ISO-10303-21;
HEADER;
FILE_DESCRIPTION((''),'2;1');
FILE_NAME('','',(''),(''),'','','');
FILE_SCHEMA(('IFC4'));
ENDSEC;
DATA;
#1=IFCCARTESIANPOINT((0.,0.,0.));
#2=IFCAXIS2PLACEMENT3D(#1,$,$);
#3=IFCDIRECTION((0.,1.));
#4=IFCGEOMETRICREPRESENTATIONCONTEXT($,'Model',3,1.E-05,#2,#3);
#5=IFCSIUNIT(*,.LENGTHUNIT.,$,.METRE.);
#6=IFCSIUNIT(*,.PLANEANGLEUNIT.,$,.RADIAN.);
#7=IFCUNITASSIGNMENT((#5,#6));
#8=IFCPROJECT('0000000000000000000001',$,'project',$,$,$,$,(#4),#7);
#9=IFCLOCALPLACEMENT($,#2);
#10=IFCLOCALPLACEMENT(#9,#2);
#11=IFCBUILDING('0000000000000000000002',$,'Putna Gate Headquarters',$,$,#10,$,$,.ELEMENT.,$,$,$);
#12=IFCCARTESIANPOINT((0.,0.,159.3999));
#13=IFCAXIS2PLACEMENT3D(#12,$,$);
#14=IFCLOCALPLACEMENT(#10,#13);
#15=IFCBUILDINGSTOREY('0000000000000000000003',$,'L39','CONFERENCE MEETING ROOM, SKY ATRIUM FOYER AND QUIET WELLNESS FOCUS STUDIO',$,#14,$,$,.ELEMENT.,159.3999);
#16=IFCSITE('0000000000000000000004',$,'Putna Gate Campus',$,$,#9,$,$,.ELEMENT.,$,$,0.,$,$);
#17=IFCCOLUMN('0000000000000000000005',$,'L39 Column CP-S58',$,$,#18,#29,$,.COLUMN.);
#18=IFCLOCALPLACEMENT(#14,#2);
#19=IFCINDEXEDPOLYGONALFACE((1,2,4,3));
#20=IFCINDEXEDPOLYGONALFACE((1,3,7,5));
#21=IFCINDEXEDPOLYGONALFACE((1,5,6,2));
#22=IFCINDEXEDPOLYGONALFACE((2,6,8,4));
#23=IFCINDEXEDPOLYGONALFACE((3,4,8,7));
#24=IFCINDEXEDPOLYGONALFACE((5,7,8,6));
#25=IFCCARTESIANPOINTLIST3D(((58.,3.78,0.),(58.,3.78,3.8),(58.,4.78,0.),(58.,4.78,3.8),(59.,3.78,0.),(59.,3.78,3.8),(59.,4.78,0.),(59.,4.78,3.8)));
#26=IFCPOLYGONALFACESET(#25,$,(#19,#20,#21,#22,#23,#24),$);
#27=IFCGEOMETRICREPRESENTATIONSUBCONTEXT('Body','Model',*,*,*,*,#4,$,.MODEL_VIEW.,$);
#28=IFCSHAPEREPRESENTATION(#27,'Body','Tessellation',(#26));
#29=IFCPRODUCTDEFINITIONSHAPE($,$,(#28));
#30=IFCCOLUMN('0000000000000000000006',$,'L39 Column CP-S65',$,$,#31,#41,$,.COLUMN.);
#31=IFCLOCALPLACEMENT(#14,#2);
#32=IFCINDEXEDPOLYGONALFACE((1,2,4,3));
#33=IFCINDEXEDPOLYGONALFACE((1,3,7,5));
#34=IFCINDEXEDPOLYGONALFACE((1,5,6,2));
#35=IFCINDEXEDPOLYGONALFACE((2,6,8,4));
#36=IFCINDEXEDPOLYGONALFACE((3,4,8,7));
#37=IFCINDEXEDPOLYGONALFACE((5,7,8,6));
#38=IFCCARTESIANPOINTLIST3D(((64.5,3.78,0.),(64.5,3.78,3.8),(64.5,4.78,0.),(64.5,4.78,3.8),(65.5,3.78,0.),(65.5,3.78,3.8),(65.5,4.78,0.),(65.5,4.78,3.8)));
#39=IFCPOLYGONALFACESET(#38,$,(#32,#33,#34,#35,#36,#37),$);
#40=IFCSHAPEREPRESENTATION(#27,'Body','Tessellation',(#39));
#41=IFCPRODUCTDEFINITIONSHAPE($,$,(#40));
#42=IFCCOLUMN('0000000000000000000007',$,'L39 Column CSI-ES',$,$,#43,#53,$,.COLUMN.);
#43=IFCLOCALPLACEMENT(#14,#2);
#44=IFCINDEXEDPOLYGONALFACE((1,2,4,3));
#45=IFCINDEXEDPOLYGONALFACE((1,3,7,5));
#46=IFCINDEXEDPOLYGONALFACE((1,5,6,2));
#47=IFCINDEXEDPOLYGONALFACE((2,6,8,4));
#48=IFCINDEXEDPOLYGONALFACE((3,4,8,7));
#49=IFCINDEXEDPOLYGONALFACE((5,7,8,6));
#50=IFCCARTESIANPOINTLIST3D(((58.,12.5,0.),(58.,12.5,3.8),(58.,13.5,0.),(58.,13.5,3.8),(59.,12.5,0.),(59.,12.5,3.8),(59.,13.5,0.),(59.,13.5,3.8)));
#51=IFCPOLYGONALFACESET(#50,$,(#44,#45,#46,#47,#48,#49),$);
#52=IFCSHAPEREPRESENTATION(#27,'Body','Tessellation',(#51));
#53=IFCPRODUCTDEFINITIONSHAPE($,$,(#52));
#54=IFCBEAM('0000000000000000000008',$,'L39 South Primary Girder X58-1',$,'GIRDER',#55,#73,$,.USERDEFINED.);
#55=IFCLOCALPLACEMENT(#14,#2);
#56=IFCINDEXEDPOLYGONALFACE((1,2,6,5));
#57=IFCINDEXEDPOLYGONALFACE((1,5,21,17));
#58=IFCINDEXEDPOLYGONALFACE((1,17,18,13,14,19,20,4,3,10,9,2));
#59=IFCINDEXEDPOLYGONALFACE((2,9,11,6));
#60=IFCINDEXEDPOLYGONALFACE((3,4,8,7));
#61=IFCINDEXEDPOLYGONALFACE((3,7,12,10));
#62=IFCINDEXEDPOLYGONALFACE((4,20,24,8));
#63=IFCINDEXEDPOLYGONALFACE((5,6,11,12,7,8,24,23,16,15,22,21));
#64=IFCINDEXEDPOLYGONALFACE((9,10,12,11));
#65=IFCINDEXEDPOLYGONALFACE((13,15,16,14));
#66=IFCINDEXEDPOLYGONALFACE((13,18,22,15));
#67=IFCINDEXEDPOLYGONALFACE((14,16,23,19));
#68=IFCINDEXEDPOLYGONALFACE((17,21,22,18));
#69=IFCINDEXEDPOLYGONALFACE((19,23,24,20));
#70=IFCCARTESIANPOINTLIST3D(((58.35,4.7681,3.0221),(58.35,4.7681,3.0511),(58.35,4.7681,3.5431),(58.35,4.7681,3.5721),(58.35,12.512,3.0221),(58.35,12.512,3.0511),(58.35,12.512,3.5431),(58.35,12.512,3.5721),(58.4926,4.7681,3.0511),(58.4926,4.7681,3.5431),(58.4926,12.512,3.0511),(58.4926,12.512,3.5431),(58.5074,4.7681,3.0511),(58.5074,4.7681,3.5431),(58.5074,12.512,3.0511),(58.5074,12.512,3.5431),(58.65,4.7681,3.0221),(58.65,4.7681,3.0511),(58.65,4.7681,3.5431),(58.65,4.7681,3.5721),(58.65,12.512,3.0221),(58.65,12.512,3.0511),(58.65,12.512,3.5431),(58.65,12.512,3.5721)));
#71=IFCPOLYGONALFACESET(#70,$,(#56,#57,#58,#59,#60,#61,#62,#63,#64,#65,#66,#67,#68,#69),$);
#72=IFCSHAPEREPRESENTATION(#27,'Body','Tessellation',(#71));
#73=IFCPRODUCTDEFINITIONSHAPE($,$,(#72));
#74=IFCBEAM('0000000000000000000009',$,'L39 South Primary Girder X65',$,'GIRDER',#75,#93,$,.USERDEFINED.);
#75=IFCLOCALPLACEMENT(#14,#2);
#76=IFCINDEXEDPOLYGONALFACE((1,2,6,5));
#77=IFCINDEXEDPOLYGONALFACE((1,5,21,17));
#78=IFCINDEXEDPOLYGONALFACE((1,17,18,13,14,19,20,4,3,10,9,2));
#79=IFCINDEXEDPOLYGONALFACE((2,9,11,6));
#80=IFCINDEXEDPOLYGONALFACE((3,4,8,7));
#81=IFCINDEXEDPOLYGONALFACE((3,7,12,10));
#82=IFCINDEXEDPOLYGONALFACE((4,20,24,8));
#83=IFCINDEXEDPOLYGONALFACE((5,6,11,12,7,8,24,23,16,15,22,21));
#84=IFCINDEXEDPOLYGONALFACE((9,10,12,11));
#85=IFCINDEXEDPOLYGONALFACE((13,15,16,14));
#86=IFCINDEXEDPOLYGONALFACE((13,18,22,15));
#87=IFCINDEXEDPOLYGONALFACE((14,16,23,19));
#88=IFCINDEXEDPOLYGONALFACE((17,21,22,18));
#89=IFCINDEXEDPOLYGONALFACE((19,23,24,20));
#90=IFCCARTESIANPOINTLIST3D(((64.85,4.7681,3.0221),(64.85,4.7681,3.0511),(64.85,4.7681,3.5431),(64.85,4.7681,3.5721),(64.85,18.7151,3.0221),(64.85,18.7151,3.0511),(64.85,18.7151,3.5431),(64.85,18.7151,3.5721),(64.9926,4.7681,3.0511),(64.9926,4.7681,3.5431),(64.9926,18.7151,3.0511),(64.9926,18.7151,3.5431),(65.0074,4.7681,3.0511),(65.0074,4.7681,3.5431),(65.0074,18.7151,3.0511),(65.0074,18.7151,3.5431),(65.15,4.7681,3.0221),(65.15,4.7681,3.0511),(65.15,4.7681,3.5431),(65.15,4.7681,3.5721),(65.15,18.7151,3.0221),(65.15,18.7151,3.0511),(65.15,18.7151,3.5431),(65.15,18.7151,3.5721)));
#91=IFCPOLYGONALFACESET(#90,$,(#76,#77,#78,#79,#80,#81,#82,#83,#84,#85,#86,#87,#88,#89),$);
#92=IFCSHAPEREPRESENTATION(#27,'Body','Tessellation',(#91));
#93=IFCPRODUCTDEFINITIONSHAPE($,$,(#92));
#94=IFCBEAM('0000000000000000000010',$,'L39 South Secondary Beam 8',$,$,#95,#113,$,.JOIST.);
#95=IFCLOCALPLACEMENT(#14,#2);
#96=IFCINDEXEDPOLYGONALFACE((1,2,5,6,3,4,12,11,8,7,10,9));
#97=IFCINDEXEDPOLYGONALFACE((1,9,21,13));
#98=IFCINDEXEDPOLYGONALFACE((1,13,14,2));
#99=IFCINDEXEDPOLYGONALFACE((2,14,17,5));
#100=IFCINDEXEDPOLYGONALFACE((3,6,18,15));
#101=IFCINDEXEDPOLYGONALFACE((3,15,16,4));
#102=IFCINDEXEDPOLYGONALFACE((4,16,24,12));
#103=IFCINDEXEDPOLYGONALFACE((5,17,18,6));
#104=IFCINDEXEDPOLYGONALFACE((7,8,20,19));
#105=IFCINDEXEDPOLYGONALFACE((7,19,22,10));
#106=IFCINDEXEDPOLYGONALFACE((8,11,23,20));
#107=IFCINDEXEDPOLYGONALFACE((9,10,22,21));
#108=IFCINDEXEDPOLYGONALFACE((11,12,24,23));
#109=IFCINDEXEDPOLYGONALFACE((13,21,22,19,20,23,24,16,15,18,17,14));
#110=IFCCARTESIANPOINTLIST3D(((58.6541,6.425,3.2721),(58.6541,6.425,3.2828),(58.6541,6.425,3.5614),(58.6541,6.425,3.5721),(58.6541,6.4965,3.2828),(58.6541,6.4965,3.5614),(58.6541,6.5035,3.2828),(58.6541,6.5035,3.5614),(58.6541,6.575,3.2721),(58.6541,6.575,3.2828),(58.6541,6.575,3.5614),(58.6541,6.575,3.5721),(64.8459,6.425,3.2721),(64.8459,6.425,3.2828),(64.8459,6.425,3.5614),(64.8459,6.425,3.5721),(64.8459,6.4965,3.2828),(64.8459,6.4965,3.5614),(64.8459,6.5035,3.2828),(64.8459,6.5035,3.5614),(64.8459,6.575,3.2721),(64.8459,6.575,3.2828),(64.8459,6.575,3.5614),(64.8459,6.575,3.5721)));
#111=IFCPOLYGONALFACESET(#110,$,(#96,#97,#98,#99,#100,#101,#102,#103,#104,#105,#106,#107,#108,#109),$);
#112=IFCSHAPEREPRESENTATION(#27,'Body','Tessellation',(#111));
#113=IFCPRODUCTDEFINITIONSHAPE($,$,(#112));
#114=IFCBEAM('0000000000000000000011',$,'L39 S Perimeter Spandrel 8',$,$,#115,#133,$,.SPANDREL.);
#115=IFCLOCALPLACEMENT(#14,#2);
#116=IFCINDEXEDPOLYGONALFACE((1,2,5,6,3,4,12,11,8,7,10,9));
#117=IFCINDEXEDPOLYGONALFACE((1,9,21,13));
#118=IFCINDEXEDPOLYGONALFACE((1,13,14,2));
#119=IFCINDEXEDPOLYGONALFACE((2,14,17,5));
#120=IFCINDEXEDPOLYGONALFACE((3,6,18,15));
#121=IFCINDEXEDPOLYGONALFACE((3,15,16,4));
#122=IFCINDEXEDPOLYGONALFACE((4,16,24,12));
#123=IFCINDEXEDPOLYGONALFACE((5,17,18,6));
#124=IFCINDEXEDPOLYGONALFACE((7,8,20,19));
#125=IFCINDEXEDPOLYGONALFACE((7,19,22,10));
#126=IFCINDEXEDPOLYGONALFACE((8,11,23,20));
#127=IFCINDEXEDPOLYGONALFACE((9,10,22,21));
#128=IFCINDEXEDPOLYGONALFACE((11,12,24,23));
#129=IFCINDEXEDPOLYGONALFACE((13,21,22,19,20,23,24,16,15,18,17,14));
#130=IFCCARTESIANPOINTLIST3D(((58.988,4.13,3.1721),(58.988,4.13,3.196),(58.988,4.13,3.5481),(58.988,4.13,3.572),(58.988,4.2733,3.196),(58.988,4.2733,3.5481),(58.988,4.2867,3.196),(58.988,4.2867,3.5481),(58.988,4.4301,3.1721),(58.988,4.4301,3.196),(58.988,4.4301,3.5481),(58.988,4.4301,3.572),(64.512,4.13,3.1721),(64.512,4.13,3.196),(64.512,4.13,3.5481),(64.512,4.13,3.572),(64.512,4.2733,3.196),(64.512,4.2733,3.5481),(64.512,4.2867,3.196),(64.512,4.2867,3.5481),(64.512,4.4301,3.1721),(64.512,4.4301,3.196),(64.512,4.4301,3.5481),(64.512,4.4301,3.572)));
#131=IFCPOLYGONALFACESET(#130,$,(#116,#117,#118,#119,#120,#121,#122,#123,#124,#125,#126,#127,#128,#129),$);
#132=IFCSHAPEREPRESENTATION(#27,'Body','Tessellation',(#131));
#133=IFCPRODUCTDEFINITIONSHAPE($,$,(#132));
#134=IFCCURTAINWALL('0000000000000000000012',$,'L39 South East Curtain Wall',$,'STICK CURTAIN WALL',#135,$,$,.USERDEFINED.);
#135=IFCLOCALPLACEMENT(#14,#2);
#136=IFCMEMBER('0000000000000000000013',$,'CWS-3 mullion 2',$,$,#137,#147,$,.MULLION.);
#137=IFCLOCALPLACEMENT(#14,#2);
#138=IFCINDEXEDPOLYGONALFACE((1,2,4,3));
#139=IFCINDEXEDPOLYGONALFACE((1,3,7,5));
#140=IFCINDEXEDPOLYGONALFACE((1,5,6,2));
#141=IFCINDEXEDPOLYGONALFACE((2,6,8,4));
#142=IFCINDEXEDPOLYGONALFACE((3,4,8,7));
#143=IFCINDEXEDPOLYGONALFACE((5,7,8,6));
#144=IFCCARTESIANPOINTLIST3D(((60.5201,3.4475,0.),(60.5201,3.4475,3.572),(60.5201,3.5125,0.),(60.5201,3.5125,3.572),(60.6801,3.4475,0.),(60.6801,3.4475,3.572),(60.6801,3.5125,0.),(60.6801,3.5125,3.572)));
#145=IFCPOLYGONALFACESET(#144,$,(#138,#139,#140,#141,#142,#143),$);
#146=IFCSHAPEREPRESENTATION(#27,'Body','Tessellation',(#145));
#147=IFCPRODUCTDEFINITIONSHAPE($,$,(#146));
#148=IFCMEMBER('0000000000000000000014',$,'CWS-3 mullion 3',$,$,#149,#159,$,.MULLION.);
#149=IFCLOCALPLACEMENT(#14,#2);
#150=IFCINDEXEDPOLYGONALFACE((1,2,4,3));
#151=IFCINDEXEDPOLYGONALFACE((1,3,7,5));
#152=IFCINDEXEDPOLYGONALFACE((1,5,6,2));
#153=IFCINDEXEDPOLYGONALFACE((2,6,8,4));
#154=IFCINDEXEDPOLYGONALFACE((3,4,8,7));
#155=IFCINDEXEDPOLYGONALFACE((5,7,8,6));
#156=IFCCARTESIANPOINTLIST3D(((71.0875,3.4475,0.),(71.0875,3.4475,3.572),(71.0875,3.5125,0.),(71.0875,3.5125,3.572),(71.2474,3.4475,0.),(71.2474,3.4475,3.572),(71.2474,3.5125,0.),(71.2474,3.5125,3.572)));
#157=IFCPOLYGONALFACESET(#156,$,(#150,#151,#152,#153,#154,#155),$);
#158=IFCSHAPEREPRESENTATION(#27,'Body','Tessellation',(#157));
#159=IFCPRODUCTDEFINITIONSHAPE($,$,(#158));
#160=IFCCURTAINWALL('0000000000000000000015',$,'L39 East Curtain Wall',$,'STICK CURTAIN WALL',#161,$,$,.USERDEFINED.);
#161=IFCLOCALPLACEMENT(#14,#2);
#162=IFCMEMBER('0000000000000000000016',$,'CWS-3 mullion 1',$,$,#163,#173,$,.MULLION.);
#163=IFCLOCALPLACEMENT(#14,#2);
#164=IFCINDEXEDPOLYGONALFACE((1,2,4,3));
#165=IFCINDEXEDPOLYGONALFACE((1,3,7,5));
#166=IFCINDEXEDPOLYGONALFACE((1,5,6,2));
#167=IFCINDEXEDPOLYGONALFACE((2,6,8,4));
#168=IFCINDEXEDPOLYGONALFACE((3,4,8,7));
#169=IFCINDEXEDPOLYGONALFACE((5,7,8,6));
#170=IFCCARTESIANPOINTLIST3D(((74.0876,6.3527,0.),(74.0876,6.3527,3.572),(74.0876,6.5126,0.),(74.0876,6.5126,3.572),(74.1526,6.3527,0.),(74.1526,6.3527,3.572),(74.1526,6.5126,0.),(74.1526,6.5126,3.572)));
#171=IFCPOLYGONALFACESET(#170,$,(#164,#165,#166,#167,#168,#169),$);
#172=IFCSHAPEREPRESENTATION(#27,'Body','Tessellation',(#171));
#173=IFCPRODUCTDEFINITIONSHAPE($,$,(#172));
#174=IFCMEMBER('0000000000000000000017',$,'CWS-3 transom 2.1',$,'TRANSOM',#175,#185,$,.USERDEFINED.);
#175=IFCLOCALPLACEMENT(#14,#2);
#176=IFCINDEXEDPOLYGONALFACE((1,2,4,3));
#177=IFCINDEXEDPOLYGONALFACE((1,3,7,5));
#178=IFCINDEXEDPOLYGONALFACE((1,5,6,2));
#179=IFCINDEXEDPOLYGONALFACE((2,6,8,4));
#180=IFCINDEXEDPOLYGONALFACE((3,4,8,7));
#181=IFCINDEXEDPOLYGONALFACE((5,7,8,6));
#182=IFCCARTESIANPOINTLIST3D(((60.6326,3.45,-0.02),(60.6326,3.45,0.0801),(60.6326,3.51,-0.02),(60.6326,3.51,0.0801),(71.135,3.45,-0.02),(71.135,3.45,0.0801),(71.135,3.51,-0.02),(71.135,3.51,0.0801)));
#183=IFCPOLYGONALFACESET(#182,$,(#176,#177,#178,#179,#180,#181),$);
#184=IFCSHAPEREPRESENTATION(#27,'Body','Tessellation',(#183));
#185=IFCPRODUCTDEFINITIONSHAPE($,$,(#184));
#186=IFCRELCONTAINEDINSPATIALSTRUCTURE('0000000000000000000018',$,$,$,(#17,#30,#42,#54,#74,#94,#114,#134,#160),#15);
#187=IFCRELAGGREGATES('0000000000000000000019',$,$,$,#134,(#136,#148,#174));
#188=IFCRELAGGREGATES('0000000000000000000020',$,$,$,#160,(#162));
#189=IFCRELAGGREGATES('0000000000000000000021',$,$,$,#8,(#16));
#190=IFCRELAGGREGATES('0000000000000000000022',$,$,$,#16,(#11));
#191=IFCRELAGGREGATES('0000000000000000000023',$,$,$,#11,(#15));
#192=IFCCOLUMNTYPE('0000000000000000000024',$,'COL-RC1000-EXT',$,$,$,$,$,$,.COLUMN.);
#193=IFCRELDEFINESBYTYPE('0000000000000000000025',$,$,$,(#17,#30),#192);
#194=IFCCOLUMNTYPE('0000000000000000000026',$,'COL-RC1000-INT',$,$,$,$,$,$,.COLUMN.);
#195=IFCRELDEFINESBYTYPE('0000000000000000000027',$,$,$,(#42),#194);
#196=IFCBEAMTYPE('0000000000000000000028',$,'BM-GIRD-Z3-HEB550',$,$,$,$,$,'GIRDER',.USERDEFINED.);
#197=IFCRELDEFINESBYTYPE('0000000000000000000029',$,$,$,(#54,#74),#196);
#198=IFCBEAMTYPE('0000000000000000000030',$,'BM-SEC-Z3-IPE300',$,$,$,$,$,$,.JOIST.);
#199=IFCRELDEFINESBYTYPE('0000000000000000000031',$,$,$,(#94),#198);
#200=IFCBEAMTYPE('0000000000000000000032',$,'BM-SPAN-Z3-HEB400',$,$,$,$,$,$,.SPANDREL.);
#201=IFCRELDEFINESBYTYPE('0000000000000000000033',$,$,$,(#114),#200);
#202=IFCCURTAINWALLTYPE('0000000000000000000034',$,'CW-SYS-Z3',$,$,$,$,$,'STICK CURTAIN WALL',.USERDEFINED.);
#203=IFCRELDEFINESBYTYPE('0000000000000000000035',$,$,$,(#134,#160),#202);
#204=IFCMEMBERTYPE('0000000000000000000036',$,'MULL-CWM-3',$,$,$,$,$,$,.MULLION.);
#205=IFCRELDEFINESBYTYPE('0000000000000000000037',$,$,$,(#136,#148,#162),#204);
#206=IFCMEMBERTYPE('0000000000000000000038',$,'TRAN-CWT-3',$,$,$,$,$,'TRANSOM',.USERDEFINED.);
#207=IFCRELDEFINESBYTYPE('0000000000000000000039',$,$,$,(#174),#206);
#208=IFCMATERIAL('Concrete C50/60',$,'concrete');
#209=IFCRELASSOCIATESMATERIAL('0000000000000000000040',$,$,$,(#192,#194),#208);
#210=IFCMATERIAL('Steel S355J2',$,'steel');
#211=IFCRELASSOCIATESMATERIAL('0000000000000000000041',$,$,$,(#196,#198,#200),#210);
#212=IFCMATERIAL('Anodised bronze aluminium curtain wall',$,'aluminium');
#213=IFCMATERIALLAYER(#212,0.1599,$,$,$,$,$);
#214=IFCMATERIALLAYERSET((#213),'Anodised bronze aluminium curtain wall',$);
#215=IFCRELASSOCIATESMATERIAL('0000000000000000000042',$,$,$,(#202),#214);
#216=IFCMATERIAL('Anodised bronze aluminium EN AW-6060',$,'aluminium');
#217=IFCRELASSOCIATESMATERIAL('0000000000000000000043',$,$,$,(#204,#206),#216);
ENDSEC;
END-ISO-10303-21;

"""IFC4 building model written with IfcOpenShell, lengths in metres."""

from ifc_helpers import new_model, si_unit, direction, frame, origin, origin_2d, place, context, subcontext, project, spatial, rectangle, i_section, extrude, material, layer, layer_set, material_profile, profile_set, type_object, element, aggregate, save


model = new_model("IFC4")

# Units and contexts
model_context = context("Model", 3, precision=1e-05, world=origin(), true_north=direction((0.0, 1.0)))
body_context = subcontext(model_context, "Body", "Model", "MODEL_VIEW")
ifc_project = project(units=[si_unit("LENGTHUNIT", "METRE"), si_unit("PLANEANGLEUNIT", "RADIAN")], contexts=[model_context])

# Site, building, storey
site_placement = place(None, origin())
site = spatial("IfcSite", under=ifc_project, at=site_placement, Name="Putna Gate Campus", CompositionType="ELEMENT", RefElevation=0.0)
building_placement = place(site_placement, origin())
building = spatial("IfcBuilding", under=site, at=building_placement, Name="Putna Gate Headquarters", CompositionType="ELEMENT")
storey_placement = place(building_placement, frame((0.0, 0.0, 159.3999)))
storey = spatial("IfcBuildingStorey", under=building, at=storey_placement, Name="L39", Description="CONFERENCE MEETING ROOM, SKY ATRIUM FOYER AND QUIET WELLNESS FOCUS STUDIO", CompositionType="ELEMENT", Elevation=159.3999)

# Columns
ifc_material_1 = material(Name="Concrete C50/60", Category="concrete")
ifc_material_profile_1 = material_profile(ifc_material_1, rectangle(XDim=1.0, YDim=1.0, at=origin_2d()), Name="Concrete C50/60")
ifc_profile_set_1 = profile_set([ifc_material_profile_1], Name="Concrete C50/60")
column_type_1 = type_object("IfcColumnType", Name="COL-RC1000-EXT", PredefinedType="COLUMN", material=ifc_profile_set_1)
for number, where, z_axis, x_axis, name in (
    (1, (58.5, 4.28, 0.0), (0.0, 0.0, 1.0), (1.0, 0.0, 0.0), "L39 Column CP-S58"),
    (2, (65.0, 4.28, 0.0), (0.0, 0.0, 1.0), (1.0, 0.0, 0.0), "L39 Column CP-S65"),
):
    element("IfcColumn", number, at=place(storey_placement, frame(where, z_axis=z_axis, x_axis=x_axis)), inside=storey, type_object=column_type_1, Name=name, PredefinedType="COLUMN", context=body_context, shape_type="SweptSolid", body=[
        extrude(rectangle(XDim=1.0, YDim=1.0, at=origin_2d()), origin(), (0.0, 0.0, 1.0), 3.8),
    ])
ifc_material_profile_2 = material_profile(ifc_material_1, rectangle(XDim=1.0, YDim=1.0, at=origin_2d()), Name="Concrete C50/60")
ifc_profile_set_2 = profile_set([ifc_material_profile_2], Name="Concrete C50/60")
column_type_2 = type_object("IfcColumnType", Name="COL-RC1000-INT", PredefinedType="COLUMN", material=ifc_profile_set_2)
column_placement = place(storey_placement, frame((58.5, 13.0, 0.0), z_axis=(0.0, 0.0, 1.0), x_axis=(1.0, 0.0, 0.0)))
element("IfcColumn", 3, at=column_placement, inside=storey, type_object=column_type_2, Name="L39 Column CSI-ES", PredefinedType="COLUMN", context=body_context, shape_type="SweptSolid", body=[
    extrude(rectangle(XDim=1.0, YDim=1.0, at=origin_2d()), origin(), (0.0, 0.0, 1.0), 3.8),
])

# Beams
ifc_material_2 = material(Name="Steel S355J2", Category="steel")
ifc_material_profile_3 = material_profile(ifc_material_2, i_section(OverallWidth=0.3, OverallDepth=0.55, WebThickness=0.0149, FlangeThickness=0.0291, at=origin_2d()), Name="Steel S355J2")
ifc_profile_set_3 = profile_set([ifc_material_profile_3], Name="Steel S355J2")
beam_type_1 = type_object("IfcBeamType", Name="BM-GIRD-Z3-HEB550", ElementType="GIRDER", PredefinedType="USERDEFINED", material=ifc_profile_set_3)
beam_1_placement = place(storey_placement, frame((58.5, 4.7681, 3.2971), z_axis=(0.0, 1.0, 0.0), x_axis=(-1.0, 0.0, 0.0)))
element("IfcBeam", 4, at=beam_1_placement, inside=storey, type_object=beam_type_1, Name="L39 South Primary Girder X58-1", ObjectType="GIRDER", PredefinedType="USERDEFINED", context=body_context, shape_type="SweptSolid", body=[
    extrude(i_section(OverallWidth=0.3, OverallDepth=0.55, WebThickness=0.0149, FlangeThickness=0.0291, at=origin_2d()), origin(), (0.0, 0.0, 1.0), 7.7439),
])
beam_2_placement = place(storey_placement, frame((65.0, 4.7681, 3.2971), z_axis=(0.0, 1.0, 0.0), x_axis=(-1.0, 0.0, 0.0)))
element("IfcBeam", 5, at=beam_2_placement, inside=storey, type_object=beam_type_1, Name="L39 South Primary Girder X65", ObjectType="GIRDER", PredefinedType="USERDEFINED", context=body_context, shape_type="SweptSolid", body=[
    extrude(i_section(OverallWidth=0.3, OverallDepth=0.55, WebThickness=0.0149, FlangeThickness=0.0291, at=origin_2d()), origin(), (0.0, 0.0, 1.0), 13.947),
])
ifc_material_profile_4 = material_profile(ifc_material_2, i_section(OverallWidth=0.1499, OverallDepth=0.3, WebThickness=0.0071, FlangeThickness=0.0107, at=origin_2d()), Name="Steel S355J2")
ifc_profile_set_4 = profile_set([ifc_material_profile_4], Name="Steel S355J2")
beam_type_2 = type_object("IfcBeamType", Name="BM-SEC-Z3-IPE300", PredefinedType="JOIST", material=ifc_profile_set_4)
beam_3_placement = place(storey_placement, frame((58.6541, 6.5, 3.4221), z_axis=(1.0, 0.0, 0.0), x_axis=(0.0, 1.0, 0.0)))
element("IfcBeam", 6, at=beam_3_placement, inside=storey, type_object=beam_type_2, Name="L39 South Secondary Beam 8", PredefinedType="JOIST", context=body_context, shape_type="SweptSolid", body=[
    extrude(i_section(OverallWidth=0.1499, OverallDepth=0.3, WebThickness=0.0071, FlangeThickness=0.0107, at=origin_2d()), origin(), (0.0, 0.0, 1.0), 6.1919),
])
ifc_material_profile_5 = material_profile(ifc_material_2, i_section(OverallWidth=0.3, OverallDepth=0.3999, WebThickness=0.0134, FlangeThickness=0.0239, at=origin_2d()), Name="Steel S355J2")
ifc_profile_set_5 = profile_set([ifc_material_profile_5], Name="Steel S355J2")
beam_type_3 = type_object("IfcBeamType", Name="BM-SPAN-Z3-HEB400", PredefinedType="SPANDREL", material=ifc_profile_set_5)
beam_4_placement = place(storey_placement, frame((58.988, 4.28, 3.3721), z_axis=(1.0, 0.0, 0.0), x_axis=(0.0, 1.0, 0.0)))
element("IfcBeam", 7, at=beam_4_placement, inside=storey, type_object=beam_type_3, Name="L39 S Perimeter Spandrel 8", PredefinedType="SPANDREL", context=body_context, shape_type="SweptSolid", body=[
    extrude(i_section(OverallWidth=0.3, OverallDepth=0.3999, WebThickness=0.0134, FlangeThickness=0.0239, at=origin_2d()), origin(), (0.0, 0.0, 1.0), 5.5239),
])

# Curtain wall, members
ifc_material_3 = material(Name="Anodised bronze aluminium curtain wall", Category="aluminium")
ifc_layer_1 = layer(ifc_material_3, 0.1599)
ifc_layer_set_1 = layer_set([ifc_layer_1], Name="Anodised bronze aluminium curtain wall")
curtain_wall_type = type_object("IfcCurtainWallType", Name="CW-SYS-Z3", ElementType="STICK CURTAIN WALL", PredefinedType="USERDEFINED", material=ifc_layer_set_1)
curtain_wall_1_placement = place(storey_placement, origin())
curtain_wall_1 = element("IfcCurtainWall", 8, at=curtain_wall_1_placement, inside=storey, type_object=curtain_wall_type, Name="L39 South East Curtain Wall", ObjectType="STICK CURTAIN WALL", PredefinedType="USERDEFINED")
ifc_material_4 = material(Name="Anodised bronze aluminium EN AW-6060", Category="aluminium")
ifc_material_profile_6 = material_profile(ifc_material_4, rectangle(XDim=0.0649, YDim=0.1599, at=origin_2d()), Name="Anodised bronze aluminium EN AW-6060")
ifc_profile_set_6 = profile_set([ifc_material_profile_6], Name="Anodised bronze aluminium EN AW-6060")
member_type_1 = type_object("IfcMemberType", Name="MULL-CWM-3", PredefinedType="MULLION", material=ifc_profile_set_6)
member_1_placement = place(storey_placement, frame((60.6001, 3.48, 0.0), z_axis=(0.0, 0.0, 1.0), x_axis=(0.0, 1.0, 0.0)))
member_1 = element("IfcMember", 9, at=member_1_placement, type_object=member_type_1, Name="CWS-3 mullion 2", PredefinedType="MULLION", context=body_context, shape_type="SweptSolid", body=[
    extrude(rectangle(XDim=0.0649, YDim=0.1599, at=origin_2d()), origin(), (0.0, 0.0, 1.0), 3.572),
])
member_2_placement = place(storey_placement, frame((71.1675, 3.48, 0.0), z_axis=(0.0, 0.0, 1.0), x_axis=(0.0, 1.0, 0.0)))
member_2 = element("IfcMember", 10, at=member_2_placement, type_object=member_type_1, Name="CWS-3 mullion 3", PredefinedType="MULLION", context=body_context, shape_type="SweptSolid", body=[
    extrude(rectangle(XDim=0.0649, YDim=0.1599, at=origin_2d()), origin(), (0.0, 0.0, 1.0), 3.572),
])

# Curtain wall, member
curtain_wall_2_placement = place(storey_placement, origin())
curtain_wall_2 = element("IfcCurtainWall", 11, at=curtain_wall_2_placement, inside=storey, type_object=curtain_wall_type, Name="L39 East Curtain Wall", ObjectType="STICK CURTAIN WALL", PredefinedType="USERDEFINED")
member_3_placement = place(storey_placement, frame((74.1201, 6.4326, 0.0), z_axis=(0.0, 0.0, 1.0), x_axis=(-1.0, 0.0, 0.0)))
member_3 = element("IfcMember", 12, at=member_3_placement, type_object=member_type_1, Name="CWS-3 mullion 1", PredefinedType="MULLION", context=body_context, shape_type="SweptSolid", body=[
    extrude(rectangle(XDim=0.0649, YDim=0.1599, at=origin_2d()), origin(), (0.0, 0.0, 1.0), 3.572),
])

# Member
ifc_material_profile_7 = material_profile(ifc_material_4, rectangle(XDim=0.0601, YDim=0.1001, at=origin_2d()), Name="Anodised bronze aluminium EN AW-6060")
ifc_profile_set_7 = profile_set([ifc_material_profile_7], Name="Anodised bronze aluminium EN AW-6060")
member_type_2 = type_object("IfcMemberType", Name="TRAN-CWT-3", ElementType="TRANSOM", PredefinedType="USERDEFINED", material=ifc_profile_set_7)
member_4_placement = place(storey_placement, frame((60.6326, 3.48, 0.03), z_axis=(1.0, 0.0, 0.0), x_axis=(0.0, 1.0, 0.0)))
member_4 = element("IfcMember", 13, at=member_4_placement, type_object=member_type_2, Name="CWS-3 transom 2.1", ObjectType="TRANSOM", PredefinedType="USERDEFINED", context=body_context, shape_type="SweptSolid", body=[
    extrude(rectangle(XDim=0.0601, YDim=0.1001, at=origin_2d()), origin(), (0.0, 0.0, 1.0), 10.5024),
])

aggregate(curtain_wall_1, [member_1, member_2, member_4])
aggregate(curtain_wall_2, [member_3])

save(model, "model.ifc")
